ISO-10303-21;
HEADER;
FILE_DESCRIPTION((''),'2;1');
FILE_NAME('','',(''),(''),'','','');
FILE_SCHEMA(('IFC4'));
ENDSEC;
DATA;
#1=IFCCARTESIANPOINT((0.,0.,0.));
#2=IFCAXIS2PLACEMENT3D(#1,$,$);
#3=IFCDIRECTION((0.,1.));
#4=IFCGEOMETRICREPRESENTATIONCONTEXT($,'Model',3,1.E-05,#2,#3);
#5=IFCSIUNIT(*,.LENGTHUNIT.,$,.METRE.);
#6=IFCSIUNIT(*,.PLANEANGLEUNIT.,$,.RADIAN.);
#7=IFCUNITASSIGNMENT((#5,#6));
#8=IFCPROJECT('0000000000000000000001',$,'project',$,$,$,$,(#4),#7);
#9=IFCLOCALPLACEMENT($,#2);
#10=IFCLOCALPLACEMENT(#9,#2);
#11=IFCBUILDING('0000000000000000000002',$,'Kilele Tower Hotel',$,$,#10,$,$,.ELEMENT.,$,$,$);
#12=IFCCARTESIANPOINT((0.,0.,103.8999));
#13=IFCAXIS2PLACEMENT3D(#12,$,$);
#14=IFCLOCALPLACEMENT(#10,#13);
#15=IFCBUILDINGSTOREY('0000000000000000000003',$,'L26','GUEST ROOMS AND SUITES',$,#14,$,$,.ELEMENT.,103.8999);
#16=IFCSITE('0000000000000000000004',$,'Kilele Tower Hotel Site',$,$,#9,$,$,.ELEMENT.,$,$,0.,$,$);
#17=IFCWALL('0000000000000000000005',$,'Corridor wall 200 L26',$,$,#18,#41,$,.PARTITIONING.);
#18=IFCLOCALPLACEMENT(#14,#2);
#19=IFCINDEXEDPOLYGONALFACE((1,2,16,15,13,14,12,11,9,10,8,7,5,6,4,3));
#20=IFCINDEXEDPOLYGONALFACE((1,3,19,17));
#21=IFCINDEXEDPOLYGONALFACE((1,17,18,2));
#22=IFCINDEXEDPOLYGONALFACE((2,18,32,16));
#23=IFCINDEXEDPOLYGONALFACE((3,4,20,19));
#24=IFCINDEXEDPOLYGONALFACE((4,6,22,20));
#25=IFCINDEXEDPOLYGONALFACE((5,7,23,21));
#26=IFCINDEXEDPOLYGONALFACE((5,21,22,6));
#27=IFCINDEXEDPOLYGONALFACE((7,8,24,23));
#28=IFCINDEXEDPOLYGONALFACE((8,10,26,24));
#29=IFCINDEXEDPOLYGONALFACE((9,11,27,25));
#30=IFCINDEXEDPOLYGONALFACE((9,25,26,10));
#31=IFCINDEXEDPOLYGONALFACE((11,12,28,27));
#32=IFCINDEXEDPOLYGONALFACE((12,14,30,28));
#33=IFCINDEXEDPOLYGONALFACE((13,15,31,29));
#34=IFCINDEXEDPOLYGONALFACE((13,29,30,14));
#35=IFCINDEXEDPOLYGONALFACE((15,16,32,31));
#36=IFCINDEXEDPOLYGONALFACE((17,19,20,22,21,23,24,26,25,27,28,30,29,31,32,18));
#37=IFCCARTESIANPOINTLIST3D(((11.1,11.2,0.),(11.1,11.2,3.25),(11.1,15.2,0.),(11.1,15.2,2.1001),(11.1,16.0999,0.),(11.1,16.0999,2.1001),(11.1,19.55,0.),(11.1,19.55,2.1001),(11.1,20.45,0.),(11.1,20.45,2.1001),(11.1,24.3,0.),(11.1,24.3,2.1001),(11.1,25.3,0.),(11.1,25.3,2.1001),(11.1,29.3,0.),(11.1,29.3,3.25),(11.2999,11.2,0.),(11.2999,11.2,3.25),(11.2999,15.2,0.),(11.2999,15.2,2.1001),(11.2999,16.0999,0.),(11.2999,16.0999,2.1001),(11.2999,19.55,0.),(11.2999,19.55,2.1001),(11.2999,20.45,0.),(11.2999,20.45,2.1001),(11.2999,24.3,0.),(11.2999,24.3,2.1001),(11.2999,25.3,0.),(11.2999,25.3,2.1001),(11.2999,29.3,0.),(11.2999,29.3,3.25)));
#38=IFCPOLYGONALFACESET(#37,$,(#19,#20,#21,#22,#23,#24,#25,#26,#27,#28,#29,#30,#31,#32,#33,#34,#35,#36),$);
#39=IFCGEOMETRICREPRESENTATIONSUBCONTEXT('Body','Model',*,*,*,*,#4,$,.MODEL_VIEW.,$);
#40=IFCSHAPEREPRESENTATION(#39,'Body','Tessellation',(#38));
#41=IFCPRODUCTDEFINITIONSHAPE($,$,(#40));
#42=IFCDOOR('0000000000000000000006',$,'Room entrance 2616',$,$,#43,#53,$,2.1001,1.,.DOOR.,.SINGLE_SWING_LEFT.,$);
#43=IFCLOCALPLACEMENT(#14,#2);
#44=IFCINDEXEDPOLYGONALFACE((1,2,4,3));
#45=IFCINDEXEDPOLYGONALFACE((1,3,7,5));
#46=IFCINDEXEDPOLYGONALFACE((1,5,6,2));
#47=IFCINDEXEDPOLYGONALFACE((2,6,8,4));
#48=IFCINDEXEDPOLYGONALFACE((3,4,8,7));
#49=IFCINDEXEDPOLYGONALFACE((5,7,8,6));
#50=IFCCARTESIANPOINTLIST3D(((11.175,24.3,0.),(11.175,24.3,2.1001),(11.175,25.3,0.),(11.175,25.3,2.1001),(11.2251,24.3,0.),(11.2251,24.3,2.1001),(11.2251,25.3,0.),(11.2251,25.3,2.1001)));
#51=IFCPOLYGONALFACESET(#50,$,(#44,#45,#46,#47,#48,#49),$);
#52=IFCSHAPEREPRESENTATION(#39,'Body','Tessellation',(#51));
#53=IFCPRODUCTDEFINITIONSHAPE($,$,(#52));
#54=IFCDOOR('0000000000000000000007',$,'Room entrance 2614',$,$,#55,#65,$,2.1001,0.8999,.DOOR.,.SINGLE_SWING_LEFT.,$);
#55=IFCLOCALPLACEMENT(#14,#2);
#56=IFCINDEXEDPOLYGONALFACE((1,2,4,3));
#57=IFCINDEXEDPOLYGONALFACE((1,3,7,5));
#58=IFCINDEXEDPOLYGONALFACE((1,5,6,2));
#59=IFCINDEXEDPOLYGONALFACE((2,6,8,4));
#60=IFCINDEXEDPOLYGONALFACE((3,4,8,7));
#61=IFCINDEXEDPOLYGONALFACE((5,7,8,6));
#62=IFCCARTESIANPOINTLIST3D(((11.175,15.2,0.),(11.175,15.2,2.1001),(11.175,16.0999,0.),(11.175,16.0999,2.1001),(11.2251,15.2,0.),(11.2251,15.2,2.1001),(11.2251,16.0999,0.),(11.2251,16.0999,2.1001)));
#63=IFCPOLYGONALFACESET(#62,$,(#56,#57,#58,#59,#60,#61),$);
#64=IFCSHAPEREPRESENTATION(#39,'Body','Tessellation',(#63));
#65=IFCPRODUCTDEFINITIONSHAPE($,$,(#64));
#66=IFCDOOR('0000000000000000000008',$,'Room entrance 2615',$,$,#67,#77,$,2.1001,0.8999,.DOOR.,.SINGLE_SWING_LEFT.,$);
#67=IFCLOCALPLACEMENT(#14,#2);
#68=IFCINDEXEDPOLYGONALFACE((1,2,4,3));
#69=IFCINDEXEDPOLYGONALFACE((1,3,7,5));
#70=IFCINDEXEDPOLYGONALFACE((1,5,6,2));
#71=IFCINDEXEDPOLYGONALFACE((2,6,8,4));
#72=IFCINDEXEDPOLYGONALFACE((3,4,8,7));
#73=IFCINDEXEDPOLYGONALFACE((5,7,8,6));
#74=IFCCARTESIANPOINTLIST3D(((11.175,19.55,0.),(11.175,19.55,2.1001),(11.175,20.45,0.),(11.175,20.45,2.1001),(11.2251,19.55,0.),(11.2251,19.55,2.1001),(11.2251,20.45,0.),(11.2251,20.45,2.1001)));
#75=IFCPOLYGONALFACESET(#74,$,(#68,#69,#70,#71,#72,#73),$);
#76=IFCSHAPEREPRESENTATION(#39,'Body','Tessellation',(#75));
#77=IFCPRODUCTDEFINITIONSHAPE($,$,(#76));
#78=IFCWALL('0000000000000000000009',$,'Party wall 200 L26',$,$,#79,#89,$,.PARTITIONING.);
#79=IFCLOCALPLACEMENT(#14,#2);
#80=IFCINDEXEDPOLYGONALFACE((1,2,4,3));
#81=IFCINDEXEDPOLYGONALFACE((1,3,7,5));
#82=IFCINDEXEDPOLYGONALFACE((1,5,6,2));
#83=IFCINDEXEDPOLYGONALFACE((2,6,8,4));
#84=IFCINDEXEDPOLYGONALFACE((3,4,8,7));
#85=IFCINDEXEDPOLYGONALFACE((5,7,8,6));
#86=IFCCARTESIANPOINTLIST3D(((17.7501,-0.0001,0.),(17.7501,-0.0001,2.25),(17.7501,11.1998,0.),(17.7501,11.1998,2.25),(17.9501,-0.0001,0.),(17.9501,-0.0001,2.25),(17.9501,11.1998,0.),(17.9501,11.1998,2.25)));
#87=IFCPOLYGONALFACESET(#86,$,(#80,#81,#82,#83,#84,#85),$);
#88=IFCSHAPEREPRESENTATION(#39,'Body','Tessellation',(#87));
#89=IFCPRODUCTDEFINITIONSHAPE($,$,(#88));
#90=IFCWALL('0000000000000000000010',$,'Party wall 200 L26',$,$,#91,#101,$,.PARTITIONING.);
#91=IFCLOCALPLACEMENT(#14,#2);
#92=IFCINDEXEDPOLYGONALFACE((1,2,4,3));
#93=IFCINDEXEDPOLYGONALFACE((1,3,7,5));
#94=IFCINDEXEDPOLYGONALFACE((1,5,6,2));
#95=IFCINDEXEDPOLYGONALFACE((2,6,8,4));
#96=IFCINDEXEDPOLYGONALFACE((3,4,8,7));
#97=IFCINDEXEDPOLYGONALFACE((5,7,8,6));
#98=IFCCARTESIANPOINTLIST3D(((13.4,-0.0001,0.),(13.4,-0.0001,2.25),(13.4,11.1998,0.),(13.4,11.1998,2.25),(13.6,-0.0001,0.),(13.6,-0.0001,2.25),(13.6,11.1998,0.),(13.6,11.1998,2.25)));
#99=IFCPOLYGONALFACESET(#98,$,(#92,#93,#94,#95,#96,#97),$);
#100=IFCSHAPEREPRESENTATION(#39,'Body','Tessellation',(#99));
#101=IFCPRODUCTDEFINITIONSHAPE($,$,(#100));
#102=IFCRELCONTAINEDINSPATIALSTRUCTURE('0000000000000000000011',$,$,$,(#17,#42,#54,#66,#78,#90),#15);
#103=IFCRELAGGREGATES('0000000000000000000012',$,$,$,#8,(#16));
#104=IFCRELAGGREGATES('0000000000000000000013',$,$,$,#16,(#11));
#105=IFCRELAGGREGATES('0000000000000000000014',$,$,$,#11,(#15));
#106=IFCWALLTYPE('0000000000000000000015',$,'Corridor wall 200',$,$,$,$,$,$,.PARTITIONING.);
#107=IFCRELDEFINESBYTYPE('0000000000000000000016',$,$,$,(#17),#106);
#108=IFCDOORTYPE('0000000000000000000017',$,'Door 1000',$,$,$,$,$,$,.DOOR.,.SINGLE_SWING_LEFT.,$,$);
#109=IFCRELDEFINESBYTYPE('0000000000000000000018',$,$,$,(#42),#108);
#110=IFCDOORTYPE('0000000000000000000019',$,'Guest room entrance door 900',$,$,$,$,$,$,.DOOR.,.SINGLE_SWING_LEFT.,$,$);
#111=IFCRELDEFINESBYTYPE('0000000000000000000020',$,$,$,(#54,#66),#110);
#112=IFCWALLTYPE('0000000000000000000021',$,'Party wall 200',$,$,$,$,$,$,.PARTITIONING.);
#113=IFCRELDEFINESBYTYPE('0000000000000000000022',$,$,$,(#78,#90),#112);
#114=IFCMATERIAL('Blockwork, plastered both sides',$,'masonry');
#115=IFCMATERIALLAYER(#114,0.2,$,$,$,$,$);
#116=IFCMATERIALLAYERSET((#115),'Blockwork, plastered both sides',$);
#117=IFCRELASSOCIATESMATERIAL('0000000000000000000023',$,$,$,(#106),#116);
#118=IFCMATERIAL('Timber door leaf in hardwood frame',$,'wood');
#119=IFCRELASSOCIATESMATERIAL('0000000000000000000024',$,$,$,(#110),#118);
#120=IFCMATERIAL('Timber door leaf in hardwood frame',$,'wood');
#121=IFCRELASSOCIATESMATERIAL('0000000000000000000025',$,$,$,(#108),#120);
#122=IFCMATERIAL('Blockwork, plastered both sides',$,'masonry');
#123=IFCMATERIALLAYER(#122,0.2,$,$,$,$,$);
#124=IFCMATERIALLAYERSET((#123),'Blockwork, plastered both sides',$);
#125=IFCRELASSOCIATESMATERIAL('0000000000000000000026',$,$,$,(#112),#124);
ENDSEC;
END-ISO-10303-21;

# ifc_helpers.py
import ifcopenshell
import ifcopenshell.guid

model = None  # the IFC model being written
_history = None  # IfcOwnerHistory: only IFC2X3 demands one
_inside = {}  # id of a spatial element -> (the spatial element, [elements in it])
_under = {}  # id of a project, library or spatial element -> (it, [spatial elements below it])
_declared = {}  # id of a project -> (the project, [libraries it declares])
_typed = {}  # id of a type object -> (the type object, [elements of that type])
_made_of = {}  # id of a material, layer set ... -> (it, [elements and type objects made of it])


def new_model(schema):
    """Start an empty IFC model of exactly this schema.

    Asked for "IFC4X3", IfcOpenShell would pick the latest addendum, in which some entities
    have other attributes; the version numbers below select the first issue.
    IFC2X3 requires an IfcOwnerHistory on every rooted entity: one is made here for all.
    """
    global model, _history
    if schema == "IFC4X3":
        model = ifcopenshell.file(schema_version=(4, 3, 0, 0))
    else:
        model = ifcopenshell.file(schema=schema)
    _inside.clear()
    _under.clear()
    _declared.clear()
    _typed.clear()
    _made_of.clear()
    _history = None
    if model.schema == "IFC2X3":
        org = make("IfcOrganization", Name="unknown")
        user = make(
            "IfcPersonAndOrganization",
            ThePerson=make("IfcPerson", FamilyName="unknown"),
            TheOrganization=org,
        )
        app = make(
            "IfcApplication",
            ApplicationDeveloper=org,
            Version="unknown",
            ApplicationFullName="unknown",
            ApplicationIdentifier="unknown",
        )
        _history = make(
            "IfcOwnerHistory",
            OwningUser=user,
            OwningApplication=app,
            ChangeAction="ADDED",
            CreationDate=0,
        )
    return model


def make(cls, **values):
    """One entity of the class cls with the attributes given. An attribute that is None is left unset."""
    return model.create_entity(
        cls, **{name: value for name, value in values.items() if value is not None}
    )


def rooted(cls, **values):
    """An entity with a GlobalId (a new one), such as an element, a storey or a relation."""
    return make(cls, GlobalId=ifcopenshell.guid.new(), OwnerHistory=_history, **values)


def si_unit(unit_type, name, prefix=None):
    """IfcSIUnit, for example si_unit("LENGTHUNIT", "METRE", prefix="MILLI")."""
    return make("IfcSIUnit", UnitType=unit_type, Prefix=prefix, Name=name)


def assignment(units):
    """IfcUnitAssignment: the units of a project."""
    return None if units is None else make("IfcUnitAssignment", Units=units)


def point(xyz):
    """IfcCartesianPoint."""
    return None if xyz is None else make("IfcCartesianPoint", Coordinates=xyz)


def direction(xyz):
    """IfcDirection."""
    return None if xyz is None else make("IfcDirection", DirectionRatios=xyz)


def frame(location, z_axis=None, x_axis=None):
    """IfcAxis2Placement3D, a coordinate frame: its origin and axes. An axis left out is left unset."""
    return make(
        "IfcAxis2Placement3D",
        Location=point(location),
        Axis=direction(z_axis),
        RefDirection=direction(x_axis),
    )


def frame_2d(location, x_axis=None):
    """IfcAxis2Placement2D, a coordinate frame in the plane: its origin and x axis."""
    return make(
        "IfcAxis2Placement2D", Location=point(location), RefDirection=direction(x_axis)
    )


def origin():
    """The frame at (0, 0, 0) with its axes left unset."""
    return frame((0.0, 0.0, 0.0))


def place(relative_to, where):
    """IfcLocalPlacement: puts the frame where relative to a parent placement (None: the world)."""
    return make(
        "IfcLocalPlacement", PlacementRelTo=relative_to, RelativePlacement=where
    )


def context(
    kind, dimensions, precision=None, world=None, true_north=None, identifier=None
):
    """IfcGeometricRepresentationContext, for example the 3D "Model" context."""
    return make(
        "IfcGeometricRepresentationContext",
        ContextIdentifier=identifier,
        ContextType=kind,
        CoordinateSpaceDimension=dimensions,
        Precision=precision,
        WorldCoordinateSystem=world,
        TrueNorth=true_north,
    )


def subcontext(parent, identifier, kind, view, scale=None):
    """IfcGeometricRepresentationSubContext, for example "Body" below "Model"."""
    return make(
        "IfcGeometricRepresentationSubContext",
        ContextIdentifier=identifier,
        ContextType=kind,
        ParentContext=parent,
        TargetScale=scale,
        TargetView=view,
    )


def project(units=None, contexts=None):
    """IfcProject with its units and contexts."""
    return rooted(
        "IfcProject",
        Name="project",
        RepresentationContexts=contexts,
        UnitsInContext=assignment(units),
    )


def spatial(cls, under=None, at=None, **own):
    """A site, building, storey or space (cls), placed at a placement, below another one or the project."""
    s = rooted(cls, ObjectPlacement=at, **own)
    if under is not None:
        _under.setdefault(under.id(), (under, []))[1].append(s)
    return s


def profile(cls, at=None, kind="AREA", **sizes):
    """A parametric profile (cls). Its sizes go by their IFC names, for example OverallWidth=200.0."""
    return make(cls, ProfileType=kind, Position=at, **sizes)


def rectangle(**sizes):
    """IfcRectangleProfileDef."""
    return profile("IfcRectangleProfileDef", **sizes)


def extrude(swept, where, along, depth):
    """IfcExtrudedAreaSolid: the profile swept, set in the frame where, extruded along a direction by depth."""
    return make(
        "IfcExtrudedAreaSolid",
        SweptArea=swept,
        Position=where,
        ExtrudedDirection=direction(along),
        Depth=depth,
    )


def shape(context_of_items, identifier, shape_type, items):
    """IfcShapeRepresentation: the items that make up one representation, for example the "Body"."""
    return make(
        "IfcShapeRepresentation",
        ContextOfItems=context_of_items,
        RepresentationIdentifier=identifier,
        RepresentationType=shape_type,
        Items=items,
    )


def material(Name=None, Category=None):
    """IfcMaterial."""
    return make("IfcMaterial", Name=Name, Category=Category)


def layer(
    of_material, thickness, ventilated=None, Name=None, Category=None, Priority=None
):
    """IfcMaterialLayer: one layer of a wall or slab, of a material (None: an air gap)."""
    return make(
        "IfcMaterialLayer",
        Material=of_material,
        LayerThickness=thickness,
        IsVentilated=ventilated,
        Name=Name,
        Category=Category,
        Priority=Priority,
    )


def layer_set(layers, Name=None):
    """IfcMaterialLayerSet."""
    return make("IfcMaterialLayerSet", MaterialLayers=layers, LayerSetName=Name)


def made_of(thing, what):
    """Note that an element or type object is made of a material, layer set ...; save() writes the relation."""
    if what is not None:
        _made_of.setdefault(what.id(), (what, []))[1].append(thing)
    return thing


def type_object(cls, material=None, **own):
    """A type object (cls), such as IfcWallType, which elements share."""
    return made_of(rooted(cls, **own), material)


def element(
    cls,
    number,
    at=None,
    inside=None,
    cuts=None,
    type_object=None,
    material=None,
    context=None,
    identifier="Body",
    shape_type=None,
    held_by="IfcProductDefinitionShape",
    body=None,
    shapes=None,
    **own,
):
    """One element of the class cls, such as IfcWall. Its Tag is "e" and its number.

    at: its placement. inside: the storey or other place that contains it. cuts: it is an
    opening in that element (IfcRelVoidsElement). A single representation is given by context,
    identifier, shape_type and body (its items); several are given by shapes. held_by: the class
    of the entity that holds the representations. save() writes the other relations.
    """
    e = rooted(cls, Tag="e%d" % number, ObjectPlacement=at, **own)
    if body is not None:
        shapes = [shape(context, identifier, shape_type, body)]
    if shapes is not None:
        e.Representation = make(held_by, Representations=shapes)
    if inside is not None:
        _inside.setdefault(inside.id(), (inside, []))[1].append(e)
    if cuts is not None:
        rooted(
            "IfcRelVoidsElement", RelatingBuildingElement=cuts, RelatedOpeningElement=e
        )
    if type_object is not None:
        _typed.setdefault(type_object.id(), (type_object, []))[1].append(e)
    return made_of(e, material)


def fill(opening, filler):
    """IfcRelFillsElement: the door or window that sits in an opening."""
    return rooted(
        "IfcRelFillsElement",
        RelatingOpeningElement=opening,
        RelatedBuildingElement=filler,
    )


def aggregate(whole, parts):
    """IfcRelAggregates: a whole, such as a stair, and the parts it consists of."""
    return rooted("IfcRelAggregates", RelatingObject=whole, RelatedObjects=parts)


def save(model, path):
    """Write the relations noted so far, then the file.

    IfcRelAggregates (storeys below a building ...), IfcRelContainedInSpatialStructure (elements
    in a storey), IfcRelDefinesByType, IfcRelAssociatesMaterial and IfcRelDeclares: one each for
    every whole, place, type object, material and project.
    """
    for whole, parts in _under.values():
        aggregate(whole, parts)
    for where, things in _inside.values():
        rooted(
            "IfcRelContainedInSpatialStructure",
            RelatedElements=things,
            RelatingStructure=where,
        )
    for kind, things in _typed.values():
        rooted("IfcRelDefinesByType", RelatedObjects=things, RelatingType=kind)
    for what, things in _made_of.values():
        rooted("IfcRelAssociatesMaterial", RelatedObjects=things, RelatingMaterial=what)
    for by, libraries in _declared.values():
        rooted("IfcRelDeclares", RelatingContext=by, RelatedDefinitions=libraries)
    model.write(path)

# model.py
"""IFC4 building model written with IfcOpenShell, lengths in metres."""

from ifc_helpers import new_model, si_unit, direction, frame, frame_2d, origin, place, context, subcontext, project, spatial, rectangle, extrude, material, layer, layer_set, type_object, element, fill, save


model = new_model("IFC4")

# Units and contexts
model_context = context("Model", 3, precision=1e-05, world=origin(), true_north=direction((0.0, 1.0)))
body_context = subcontext(model_context, "Body", "Model", "MODEL_VIEW")
ifc_project = project(units=[si_unit("LENGTHUNIT", "METRE"), si_unit("PLANEANGLEUNIT", "RADIAN")], contexts=[model_context])

# Site, building, storey
site_placement = place(None, origin())
site = spatial("IfcSite", under=ifc_project, at=site_placement, Name="Kilele Tower Hotel Site", CompositionType="ELEMENT", RefElevation=0.0)
building_placement = place(site_placement, origin())
building = spatial("IfcBuilding", under=site, at=building_placement, Name="Kilele Tower Hotel", CompositionType="ELEMENT")
storey_placement = place(building_placement, frame((0.0, 0.0, 103.8999)))
storey = spatial("IfcBuildingStorey", under=building, at=storey_placement, Name="L26", Description="GUEST ROOMS AND SUITES", CompositionType="ELEMENT", Elevation=103.8999)

# Wall, openings, doors
ifc_material_1 = material(Name="Blockwork, plastered both sides", Category="masonry")
ifc_layer_1 = layer(ifc_material_1, 0.2)
ifc_layer_set_1 = layer_set([ifc_layer_1], Name="Blockwork, plastered both sides")
wall_type_1 = type_object("IfcWallType", Name="Corridor wall 200", PredefinedType="PARTITIONING", material=ifc_layer_set_1)
ifc_material_2 = material(Name="Timber door leaf in hardwood frame", Category="wood")
door_type_1 = type_object("IfcDoorType", Name="Guest room entrance door 900", OperationType="SINGLE_SWING_LEFT", PredefinedType="DOOR", material=ifc_material_2)
wall_1_placement = place(storey_placement, frame((11.2, 11.2, 0.0), z_axis=(0.0, 0.0, 1.0), x_axis=(0.0, 1.0, 0.0)))
wall_1 = element("IfcWall", 1, at=wall_1_placement, inside=storey, type_object=wall_type_1, Name="Corridor wall 200 L26", PredefinedType="PARTITIONING", context=body_context, shape_type="SweptSolid", body=[
    extrude(rectangle(XDim=18.1001, YDim=0.2, at=frame_2d((9.05, 0.0))), origin(), (0.0, 0.0, 1.0), 3.25),
])
opening_1_placement = place(wall_1_placement, frame((4.0, 0.0, 0.0)))
opening_1 = element("IfcOpeningElement", 2, at=opening_1_placement, cuts=wall_1, PredefinedType="OPENING", context=body_context, shape_type="SweptSolid", body=[
    extrude(rectangle(XDim=0.8999, YDim=2.1001, at=frame_2d((0.45, 1.05))), frame((0.0, 0.1099, 0.0), z_axis=(0.0, -1.0, 0.0), x_axis=(1.0, 0.0, 0.0)), (0.0, 0.0, 1.0), 0.22),
])
opening_2_placement = place(wall_1_placement, frame((8.3501, 0.0, 0.0)))
opening_2 = element("IfcOpeningElement", 3, at=opening_2_placement, cuts=wall_1, PredefinedType="OPENING", context=body_context, shape_type="SweptSolid", body=[
    extrude(rectangle(XDim=0.8999, YDim=2.1001, at=frame_2d((0.45, 1.05))), frame((0.0, 0.1099, 0.0), z_axis=(0.0, -1.0, 0.0), x_axis=(1.0, 0.0, 0.0)), (0.0, 0.0, 1.0), 0.22),
])
opening_3_placement = place(wall_1_placement, frame((13.1001, 0.0, 0.0)))
opening_3 = element("IfcOpeningElement", 4, at=opening_3_placement, cuts=wall_1, PredefinedType="OPENING", context=body_context, shape_type="SweptSolid", body=[
    extrude(rectangle(XDim=1.0, YDim=2.1001, at=frame_2d((0.5, 1.05))), frame((0.0, 0.1099, 0.0), z_axis=(0.0, -1.0, 0.0), x_axis=(1.0, 0.0, 0.0)), (0.0, 0.0, 1.0), 0.22),
])
ifc_material_3 = material(Name="Timber door leaf in hardwood frame", Category="wood")
door_type_2 = type_object("IfcDoorType", Name="Door 1000", OperationType="SINGLE_SWING_LEFT", PredefinedType="DOOR", material=ifc_material_3)
door_1_placement = place(opening_3_placement, origin())
door_1 = element("IfcDoor", 5, at=door_1_placement, inside=storey, type_object=door_type_2, Name="Room entrance 2616", OperationType="SINGLE_SWING_LEFT", OverallHeight=2.1001, OverallWidth=1.0, PredefinedType="DOOR", context=body_context, shape_type="SweptSolid", body=[
    extrude(rectangle(XDim=1.0, YDim=2.1001, at=frame_2d((0.5, 1.05))), frame((0.0, 0.0249, 0.0), z_axis=(0.0, -1.0, 0.0), x_axis=(1.0, 0.0, 0.0)), (0.0, 0.0, 1.0), 0.05),
])
fill(opening_3, door_1)
door_2_placement = place(opening_1_placement, origin())
door_2 = element("IfcDoor", 6, at=door_2_placement, inside=storey, type_object=door_type_1, Name="Room entrance 2614", OperationType="SINGLE_SWING_LEFT", OverallHeight=2.1001, OverallWidth=0.8999, PredefinedType="DOOR", context=body_context, shape_type="SweptSolid", body=[
    extrude(rectangle(XDim=0.8999, YDim=2.1001, at=frame_2d((0.45, 1.05))), frame((0.0, 0.0249, 0.0), z_axis=(0.0, -1.0, 0.0), x_axis=(1.0, 0.0, 0.0)), (0.0, 0.0, 1.0), 0.05),
])
fill(opening_1, door_2)
door_3_placement = place(opening_2_placement, origin())
door_3 = element("IfcDoor", 7, at=door_3_placement, inside=storey, type_object=door_type_1, Name="Room entrance 2615", OperationType="SINGLE_SWING_LEFT", OverallHeight=2.1001, OverallWidth=0.8999, PredefinedType="DOOR", context=body_context, shape_type="SweptSolid", body=[
    extrude(rectangle(XDim=0.8999, YDim=2.1001, at=frame_2d((0.45, 1.05))), frame((0.0, 0.0249, 0.0), z_axis=(0.0, -1.0, 0.0), x_axis=(1.0, 0.0, 0.0)), (0.0, 0.0, 1.0), 0.05),
])
fill(opening_2, door_3)

# Walls
ifc_material_4 = material(Name="Blockwork, plastered both sides", Category="masonry")
ifc_layer_2 = layer(ifc_material_4, 0.2)
ifc_layer_set_2 = layer_set([ifc_layer_2], Name="Blockwork, plastered both sides")
wall_type_2 = type_object("IfcWallType", Name="Party wall 200", PredefinedType="PARTITIONING", material=ifc_layer_set_2)
for number, where, z_axis, x_axis, name in (
    (8, (17.8501, 11.2, 0.0), (0.0, 0.0, 1.0), (0.0, -1.0, 0.0), "Party wall 200 L26"),
    (9, (13.5, 11.2, 0.0), (0.0, 0.0, 1.0), (0.0, -1.0, 0.0), "Party wall 200 L26"),
):
    element("IfcWall", number, at=place(storey_placement, frame(where, z_axis=z_axis, x_axis=x_axis)), inside=storey, type_object=wall_type_2, Name=name, PredefinedType="PARTITIONING", context=body_context, shape_type="SweptSolid", body=[
        extrude(rectangle(XDim=11.2, YDim=0.2, at=frame_2d((5.6001, 0.0))), origin(), (0.0, 0.0, 1.0), 2.25),
    ])

save(model, "model.ifc")
